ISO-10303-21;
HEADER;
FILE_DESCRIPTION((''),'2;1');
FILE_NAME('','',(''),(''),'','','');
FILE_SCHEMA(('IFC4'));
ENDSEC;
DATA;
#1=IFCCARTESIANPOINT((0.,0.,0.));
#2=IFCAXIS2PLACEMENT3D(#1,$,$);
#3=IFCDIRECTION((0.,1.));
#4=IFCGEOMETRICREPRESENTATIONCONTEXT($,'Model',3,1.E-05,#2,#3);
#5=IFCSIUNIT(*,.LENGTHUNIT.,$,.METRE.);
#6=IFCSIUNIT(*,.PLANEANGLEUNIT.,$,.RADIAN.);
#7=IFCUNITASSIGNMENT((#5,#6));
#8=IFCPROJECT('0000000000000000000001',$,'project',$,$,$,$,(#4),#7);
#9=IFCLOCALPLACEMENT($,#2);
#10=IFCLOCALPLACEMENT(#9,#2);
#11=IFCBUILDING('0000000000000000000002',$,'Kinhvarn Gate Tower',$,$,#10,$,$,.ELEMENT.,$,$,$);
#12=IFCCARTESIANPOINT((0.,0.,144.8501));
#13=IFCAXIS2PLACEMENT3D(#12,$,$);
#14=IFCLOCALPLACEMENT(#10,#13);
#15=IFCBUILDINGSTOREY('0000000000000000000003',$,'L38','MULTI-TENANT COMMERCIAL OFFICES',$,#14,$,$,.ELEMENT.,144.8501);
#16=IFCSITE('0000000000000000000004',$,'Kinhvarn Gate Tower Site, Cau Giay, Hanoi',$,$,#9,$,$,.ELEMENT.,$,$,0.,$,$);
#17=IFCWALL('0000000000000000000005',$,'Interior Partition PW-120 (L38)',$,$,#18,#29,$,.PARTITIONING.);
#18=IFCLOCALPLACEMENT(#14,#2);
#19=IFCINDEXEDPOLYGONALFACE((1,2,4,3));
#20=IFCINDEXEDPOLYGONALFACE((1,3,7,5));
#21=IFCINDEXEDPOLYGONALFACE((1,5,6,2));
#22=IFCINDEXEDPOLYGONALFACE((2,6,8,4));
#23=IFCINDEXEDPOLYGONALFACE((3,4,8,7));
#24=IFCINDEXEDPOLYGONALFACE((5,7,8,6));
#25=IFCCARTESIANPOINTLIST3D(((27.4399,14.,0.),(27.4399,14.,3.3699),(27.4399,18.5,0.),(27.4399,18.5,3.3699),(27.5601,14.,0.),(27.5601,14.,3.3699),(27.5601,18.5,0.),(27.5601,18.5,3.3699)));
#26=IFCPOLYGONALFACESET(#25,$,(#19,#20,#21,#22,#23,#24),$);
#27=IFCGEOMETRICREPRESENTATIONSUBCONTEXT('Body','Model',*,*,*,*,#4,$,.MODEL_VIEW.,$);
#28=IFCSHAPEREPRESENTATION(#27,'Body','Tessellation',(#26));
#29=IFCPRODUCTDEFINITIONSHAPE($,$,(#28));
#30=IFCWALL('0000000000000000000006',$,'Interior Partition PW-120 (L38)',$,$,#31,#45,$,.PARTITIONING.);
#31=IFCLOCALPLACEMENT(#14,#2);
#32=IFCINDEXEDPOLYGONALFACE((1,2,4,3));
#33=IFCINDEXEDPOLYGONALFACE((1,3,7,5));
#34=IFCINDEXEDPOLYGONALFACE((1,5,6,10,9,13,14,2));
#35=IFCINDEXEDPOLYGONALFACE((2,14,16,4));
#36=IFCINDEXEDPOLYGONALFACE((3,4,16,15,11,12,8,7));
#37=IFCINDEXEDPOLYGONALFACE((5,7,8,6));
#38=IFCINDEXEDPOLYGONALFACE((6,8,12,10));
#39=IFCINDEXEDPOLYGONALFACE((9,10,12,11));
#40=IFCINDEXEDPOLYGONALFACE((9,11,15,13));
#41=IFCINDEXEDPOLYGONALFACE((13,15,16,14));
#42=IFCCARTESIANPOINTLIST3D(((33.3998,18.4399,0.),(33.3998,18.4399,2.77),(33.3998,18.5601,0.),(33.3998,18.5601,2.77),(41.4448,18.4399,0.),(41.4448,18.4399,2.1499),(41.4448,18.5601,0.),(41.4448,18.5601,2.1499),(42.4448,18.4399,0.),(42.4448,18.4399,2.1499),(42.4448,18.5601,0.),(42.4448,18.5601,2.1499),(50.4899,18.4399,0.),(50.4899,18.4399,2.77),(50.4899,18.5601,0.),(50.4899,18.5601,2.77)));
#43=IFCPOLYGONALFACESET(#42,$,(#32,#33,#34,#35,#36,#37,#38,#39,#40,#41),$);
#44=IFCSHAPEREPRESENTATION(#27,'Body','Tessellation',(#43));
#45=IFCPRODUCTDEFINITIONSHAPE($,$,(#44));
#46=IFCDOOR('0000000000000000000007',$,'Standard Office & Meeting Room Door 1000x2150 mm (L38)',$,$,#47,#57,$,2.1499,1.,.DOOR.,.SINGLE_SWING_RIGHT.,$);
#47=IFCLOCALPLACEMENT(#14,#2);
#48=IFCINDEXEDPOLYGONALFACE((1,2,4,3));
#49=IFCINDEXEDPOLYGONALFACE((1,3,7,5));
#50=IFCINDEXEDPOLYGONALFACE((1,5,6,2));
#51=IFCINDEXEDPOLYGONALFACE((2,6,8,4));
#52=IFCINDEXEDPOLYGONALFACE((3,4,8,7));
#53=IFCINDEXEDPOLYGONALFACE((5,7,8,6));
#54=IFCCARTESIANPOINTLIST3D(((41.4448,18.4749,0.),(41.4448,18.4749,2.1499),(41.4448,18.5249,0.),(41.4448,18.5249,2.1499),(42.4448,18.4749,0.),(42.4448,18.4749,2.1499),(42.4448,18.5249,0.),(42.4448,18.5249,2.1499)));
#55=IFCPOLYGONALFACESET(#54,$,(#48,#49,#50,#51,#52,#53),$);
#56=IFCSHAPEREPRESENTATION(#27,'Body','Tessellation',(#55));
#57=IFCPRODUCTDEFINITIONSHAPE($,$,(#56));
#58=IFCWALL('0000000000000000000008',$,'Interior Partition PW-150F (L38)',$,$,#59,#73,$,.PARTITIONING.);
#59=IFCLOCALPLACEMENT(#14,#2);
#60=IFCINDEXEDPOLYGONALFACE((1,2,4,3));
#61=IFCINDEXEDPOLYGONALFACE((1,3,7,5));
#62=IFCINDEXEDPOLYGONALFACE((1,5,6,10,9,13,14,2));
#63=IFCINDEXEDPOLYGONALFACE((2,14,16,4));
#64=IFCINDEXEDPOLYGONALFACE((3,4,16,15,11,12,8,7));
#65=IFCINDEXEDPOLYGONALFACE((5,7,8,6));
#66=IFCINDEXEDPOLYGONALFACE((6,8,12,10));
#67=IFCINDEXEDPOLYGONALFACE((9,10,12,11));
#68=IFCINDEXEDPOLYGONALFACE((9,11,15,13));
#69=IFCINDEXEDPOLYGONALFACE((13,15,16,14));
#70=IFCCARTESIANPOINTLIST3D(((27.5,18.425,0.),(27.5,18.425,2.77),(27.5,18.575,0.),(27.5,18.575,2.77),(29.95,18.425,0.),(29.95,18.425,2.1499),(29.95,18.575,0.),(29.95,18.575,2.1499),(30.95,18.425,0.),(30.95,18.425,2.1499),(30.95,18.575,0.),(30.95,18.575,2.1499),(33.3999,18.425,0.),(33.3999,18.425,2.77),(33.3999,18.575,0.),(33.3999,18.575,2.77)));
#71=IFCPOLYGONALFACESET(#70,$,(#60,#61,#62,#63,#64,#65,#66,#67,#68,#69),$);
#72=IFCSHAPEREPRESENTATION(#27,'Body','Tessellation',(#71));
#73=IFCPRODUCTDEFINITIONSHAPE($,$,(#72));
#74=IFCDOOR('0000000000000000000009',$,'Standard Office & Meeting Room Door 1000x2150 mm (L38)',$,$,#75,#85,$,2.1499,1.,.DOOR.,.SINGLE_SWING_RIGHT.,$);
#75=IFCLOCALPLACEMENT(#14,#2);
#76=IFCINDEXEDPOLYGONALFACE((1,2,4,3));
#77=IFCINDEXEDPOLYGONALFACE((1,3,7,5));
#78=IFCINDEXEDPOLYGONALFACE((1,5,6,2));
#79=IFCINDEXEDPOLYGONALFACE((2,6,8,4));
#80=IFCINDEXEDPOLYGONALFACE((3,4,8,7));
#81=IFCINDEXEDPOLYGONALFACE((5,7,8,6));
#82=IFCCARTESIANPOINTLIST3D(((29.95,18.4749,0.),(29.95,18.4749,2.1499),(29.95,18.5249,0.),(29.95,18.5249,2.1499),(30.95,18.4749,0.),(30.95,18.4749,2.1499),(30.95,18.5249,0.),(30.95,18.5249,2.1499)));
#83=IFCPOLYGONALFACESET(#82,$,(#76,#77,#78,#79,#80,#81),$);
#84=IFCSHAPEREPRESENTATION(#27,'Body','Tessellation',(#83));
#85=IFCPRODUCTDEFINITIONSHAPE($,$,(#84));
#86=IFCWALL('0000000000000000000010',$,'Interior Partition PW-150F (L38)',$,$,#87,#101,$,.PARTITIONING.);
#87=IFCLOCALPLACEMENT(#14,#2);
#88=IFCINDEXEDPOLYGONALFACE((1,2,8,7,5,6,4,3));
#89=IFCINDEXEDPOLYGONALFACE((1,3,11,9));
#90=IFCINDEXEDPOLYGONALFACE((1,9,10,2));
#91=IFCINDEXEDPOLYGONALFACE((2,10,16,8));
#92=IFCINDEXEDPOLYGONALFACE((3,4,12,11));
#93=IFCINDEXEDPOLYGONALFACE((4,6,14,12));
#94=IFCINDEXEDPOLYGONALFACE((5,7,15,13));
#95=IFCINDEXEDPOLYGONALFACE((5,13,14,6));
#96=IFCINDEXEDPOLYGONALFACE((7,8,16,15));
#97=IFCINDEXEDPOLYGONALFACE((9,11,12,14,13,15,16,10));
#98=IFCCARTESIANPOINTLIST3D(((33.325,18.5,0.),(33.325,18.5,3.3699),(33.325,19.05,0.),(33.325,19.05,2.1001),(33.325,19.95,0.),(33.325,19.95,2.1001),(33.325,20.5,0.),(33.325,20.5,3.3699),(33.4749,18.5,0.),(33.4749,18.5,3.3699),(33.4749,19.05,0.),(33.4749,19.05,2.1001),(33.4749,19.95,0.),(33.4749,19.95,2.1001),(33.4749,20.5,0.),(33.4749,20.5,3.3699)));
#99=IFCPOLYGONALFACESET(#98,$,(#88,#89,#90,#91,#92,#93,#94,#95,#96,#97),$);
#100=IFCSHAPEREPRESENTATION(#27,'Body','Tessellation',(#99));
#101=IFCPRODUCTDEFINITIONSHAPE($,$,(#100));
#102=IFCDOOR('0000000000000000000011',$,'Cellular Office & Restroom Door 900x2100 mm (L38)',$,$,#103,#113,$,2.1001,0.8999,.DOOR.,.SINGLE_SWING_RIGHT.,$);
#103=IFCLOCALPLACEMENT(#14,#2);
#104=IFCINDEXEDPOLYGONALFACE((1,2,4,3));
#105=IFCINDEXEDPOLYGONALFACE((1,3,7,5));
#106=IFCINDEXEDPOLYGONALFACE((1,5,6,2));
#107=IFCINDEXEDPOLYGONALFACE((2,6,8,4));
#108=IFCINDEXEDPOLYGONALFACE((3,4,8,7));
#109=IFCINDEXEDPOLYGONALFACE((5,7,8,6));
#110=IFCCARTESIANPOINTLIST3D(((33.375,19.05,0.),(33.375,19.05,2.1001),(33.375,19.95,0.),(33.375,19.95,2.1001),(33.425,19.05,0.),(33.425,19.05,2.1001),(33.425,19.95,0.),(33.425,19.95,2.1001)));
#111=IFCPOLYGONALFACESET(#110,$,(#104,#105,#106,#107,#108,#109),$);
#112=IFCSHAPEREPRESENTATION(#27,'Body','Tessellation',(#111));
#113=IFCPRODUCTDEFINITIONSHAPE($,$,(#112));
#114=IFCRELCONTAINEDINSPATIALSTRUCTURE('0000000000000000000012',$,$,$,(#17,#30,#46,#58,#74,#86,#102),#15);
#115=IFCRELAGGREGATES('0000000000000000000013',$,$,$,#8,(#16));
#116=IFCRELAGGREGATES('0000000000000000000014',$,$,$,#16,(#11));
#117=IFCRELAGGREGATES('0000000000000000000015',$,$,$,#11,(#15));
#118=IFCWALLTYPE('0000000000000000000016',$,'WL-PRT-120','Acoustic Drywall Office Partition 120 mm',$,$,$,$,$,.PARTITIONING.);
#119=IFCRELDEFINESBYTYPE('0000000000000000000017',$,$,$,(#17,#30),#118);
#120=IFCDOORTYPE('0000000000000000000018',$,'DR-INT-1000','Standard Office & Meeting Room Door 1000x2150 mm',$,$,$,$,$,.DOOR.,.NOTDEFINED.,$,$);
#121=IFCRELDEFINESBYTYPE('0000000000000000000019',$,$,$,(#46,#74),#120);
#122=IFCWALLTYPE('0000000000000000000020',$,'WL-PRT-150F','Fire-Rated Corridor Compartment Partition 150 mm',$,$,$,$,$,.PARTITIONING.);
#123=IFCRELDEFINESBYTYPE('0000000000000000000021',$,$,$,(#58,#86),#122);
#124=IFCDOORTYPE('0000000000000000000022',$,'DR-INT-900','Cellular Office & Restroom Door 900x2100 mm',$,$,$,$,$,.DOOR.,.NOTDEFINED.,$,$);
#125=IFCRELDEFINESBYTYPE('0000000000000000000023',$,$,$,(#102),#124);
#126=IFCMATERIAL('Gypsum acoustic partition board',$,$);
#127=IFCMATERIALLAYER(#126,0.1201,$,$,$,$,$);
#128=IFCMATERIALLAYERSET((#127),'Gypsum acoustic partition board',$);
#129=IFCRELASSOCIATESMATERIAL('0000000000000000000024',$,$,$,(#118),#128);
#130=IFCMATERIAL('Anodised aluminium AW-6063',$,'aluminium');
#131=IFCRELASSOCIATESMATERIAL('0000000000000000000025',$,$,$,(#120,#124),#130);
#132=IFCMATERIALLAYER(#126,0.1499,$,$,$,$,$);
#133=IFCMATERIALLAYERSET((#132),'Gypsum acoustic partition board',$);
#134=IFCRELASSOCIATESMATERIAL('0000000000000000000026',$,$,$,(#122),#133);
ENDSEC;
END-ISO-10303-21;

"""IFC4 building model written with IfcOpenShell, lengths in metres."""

from ifc_helpers import new_model, si_unit, direction, frame, frame_2d, origin, place, context, subcontext, project, spatial, rectangle, extrude, material, layer, layer_set, type_object, element, fill, save


model = new_model("IFC4")

# Units and contexts
model_context = context("Model", 3, precision=1e-05, world=origin(), true_north=direction((0.0, 1.0)))
body_context = subcontext(model_context, "Body", "Model", "MODEL_VIEW")
ifc_project = project(units=[si_unit("LENGTHUNIT", "METRE"), si_unit("PLANEANGLEUNIT", "RADIAN")], contexts=[model_context])

# Site, building, storey
site_placement = place(None, origin())
site = spatial("IfcSite", under=ifc_project, at=site_placement, Name="Kinhvarn Gate Tower Site, Cau Giay, Hanoi", CompositionType="ELEMENT", RefElevation=0.0)
building_placement = place(site_placement, origin())
building = spatial("IfcBuilding", under=site, at=building_placement, Name="Kinhvarn Gate Tower", CompositionType="ELEMENT")
storey_placement = place(building_placement, frame((0.0, 0.0, 144.8501)))
storey = spatial("IfcBuildingStorey", under=building, at=storey_placement, Name="L38", Description="MULTI-TENANT COMMERCIAL OFFICES", CompositionType="ELEMENT", Elevation=144.8501)

# Wall
ifc_material_1 = material(Name="Gypsum acoustic partition board")
ifc_layer_1 = layer(ifc_material_1, 0.1201)
ifc_layer_set_1 = layer_set([ifc_layer_1], Name="Gypsum acoustic partition board")
wall_type_1 = type_object("IfcWallType", Name="WL-PRT-120", Description="Acoustic Drywall Office Partition 120 mm", PredefinedType="PARTITIONING", material=ifc_layer_set_1)
wall_1_placement = place(storey_placement, frame((27.5, 14.0, 0.0), z_axis=(0.0, 0.0, 1.0), x_axis=(0.0, 1.0, 0.0)))
element("IfcWall", 1, at=wall_1_placement, inside=storey, type_object=wall_type_1, Name="Interior Partition PW-120 (L38)", PredefinedType="PARTITIONING", context=body_context, shape_type="SweptSolid", body=[
    extrude(rectangle(XDim=4.5, YDim=0.1201, at=frame_2d((2.25, 0.0))), origin(), (0.0, 0.0, 1.0), 3.3699),
])

# Walls, openings, doors
wall_2_placement = place(storey_placement, frame((33.3999, 18.5, 0.0), z_axis=(0.0, 0.0, 1.0), x_axis=(1.0, 0.0, 0.0)))
wall_2 = element("IfcWall", 2, at=wall_2_placement, inside=storey, type_object=wall_type_1, Name="Interior Partition PW-120 (L38)", PredefinedType="PARTITIONING", context=body_context, shape_type="SweptSolid", body=[
    extrude(rectangle(XDim=17.0901, YDim=0.1201, at=frame_2d((8.5449, 0.0))), origin(), (0.0, 0.0, 1.0), 2.77),
])
opening_1_placement = place(wall_2_placement, frame((8.0449, 0.0, 0.0)))
opening_1 = element("IfcOpeningElement", 3, at=opening_1_placement, cuts=wall_2, PredefinedType="OPENING", context=body_context, shape_type="SweptSolid", body=[
    extrude(rectangle(XDim=1.0, YDim=2.1499, at=frame_2d((0.5, 1.075))), frame((0.0, 0.0701, 0.0), z_axis=(0.0, -1.0, 0.0), x_axis=(1.0, 0.0, 0.0)), (0.0, 0.0, 1.0), 0.1401),
])
ifc_material_2 = material(Name="Anodised aluminium AW-6063", Category="aluminium")
door_type_1 = type_object("IfcDoorType", Name="DR-INT-1000", Description="Standard Office & Meeting Room Door 1000x2150 mm", OperationType="NOTDEFINED", PredefinedType="DOOR", material=ifc_material_2)
door_1_placement = place(opening_1_placement, origin())
door_1 = element("IfcDoor", 4, at=door_1_placement, inside=storey, type_object=door_type_1, Name="Standard Office & Meeting Room Door 1000x2150 mm (L38)", OperationType="SINGLE_SWING_RIGHT", OverallHeight=2.1499, OverallWidth=1.0, PredefinedType="DOOR", context=body_context, shape_type="SweptSolid", body=[
    extrude(rectangle(XDim=1.0, YDim=2.1499, at=frame_2d((0.5, 1.075))), frame((0.0, 0.0249, 0.0), z_axis=(0.0, -1.0, 0.0), x_axis=(1.0, 0.0, 0.0)), (0.0, 0.0, 1.0), 0.05),
])
fill(opening_1, door_1)
ifc_layer_2 = layer(ifc_material_1, 0.1499)
ifc_layer_set_2 = layer_set([ifc_layer_2], Name="Gypsum acoustic partition board")
wall_type_2 = type_object("IfcWallType", Name="WL-PRT-150F", Description="Fire-Rated Corridor Compartment Partition 150 mm", PredefinedType="PARTITIONING", material=ifc_layer_set_2)
wall_3_placement = place(storey_placement, frame((27.5, 18.5, 0.0), z_axis=(0.0, 0.0, 1.0), x_axis=(1.0, 0.0, 0.0)))
wall_3 = element("IfcWall", 5, at=wall_3_placement, inside=storey, type_object=wall_type_2, Name="Interior Partition PW-150F (L38)", PredefinedType="PARTITIONING", context=body_context, shape_type="SweptSolid", body=[
    extrude(rectangle(XDim=5.8999, YDim=0.1499, at=frame_2d((2.95, 0.0))), origin(), (0.0, 0.0, 1.0), 2.77),
])
opening_2_placement = place(wall_3_placement, frame((2.45, 0.0, 0.0)))
opening_2 = element("IfcOpeningElement", 6, at=opening_2_placement, cuts=wall_3, PredefinedType="OPENING", context=body_context, shape_type="SweptSolid", body=[
    extrude(rectangle(XDim=1.0, YDim=2.1499, at=frame_2d((0.5, 1.075))), frame((0.0, 0.085, 0.0), z_axis=(0.0, -1.0, 0.0), x_axis=(1.0, 0.0, 0.0)), (0.0, 0.0, 1.0), 0.1699),
])
door_2_placement = place(opening_2_placement, origin())
door_2 = element("IfcDoor", 7, at=door_2_placement, inside=storey, type_object=door_type_1, Name="Standard Office & Meeting Room Door 1000x2150 mm (L38)", OperationType="SINGLE_SWING_RIGHT", OverallHeight=2.1499, OverallWidth=1.0, PredefinedType="DOOR", context=body_context, shape_type="SweptSolid", body=[
    extrude(rectangle(XDim=1.0, YDim=2.1499, at=frame_2d((0.5, 1.075))), frame((0.0, 0.0249, 0.0), z_axis=(0.0, -1.0, 0.0), x_axis=(1.0, 0.0, 0.0)), (0.0, 0.0, 1.0), 0.05),
])
fill(opening_2, door_2)
wall_4_placement = place(storey_placement, frame((33.3999, 18.5, 0.0), z_axis=(0.0, 0.0, 1.0), x_axis=(0.0, 1.0, 0.0)))
wall_4 = element("IfcWall", 8, at=wall_4_placement, inside=storey, type_object=wall_type_2, Name="Interior Partition PW-150F (L38)", PredefinedType="PARTITIONING", context=body_context, shape_type="SweptSolid", body=[
    extrude(rectangle(XDim=2.0, YDim=0.1499, at=frame_2d((1.0, 0.0))), origin(), (0.0, 0.0, 1.0), 3.3699),
])
opening_3_placement = place(wall_4_placement, frame((0.55, 0.0, 0.0)))
opening_3 = element("IfcOpeningElement", 9, at=opening_3_placement, cuts=wall_4, PredefinedType="OPENING", context=body_context, shape_type="SweptSolid", body=[
    extrude(rectangle(XDim=0.8999, YDim=2.1001, at=frame_2d((0.45, 1.05))), frame((0.0, 0.085, 0.0), z_axis=(0.0, -1.0, 0.0), x_axis=(1.0, 0.0, 0.0)), (0.0, 0.0, 1.0), 0.1699),
])
door_type_2 = type_object("IfcDoorType", Name="DR-INT-900", Description="Cellular Office & Restroom Door 900x2100 mm", OperationType="NOTDEFINED", PredefinedType="DOOR", material=ifc_material_2)
door_3_placement = place(opening_3_placement, origin())
door_3 = element("IfcDoor", 10, at=door_3_placement, inside=storey, type_object=door_type_2, Name="Cellular Office & Restroom Door 900x2100 mm (L38)", OperationType="SINGLE_SWING_RIGHT", OverallHeight=2.1001, OverallWidth=0.8999, PredefinedType="DOOR", context=body_context, shape_type="SweptSolid", body=[
    extrude(rectangle(XDim=0.8999, YDim=2.1001, at=frame_2d((0.45, 1.05))), frame((0.0, 0.0249, 0.0), z_axis=(0.0, -1.0, 0.0), x_axis=(1.0, 0.0, 0.0)), (0.0, 0.0, 1.0), 0.05),
])
fill(opening_3, door_3)

save(model, "model.ifc")
